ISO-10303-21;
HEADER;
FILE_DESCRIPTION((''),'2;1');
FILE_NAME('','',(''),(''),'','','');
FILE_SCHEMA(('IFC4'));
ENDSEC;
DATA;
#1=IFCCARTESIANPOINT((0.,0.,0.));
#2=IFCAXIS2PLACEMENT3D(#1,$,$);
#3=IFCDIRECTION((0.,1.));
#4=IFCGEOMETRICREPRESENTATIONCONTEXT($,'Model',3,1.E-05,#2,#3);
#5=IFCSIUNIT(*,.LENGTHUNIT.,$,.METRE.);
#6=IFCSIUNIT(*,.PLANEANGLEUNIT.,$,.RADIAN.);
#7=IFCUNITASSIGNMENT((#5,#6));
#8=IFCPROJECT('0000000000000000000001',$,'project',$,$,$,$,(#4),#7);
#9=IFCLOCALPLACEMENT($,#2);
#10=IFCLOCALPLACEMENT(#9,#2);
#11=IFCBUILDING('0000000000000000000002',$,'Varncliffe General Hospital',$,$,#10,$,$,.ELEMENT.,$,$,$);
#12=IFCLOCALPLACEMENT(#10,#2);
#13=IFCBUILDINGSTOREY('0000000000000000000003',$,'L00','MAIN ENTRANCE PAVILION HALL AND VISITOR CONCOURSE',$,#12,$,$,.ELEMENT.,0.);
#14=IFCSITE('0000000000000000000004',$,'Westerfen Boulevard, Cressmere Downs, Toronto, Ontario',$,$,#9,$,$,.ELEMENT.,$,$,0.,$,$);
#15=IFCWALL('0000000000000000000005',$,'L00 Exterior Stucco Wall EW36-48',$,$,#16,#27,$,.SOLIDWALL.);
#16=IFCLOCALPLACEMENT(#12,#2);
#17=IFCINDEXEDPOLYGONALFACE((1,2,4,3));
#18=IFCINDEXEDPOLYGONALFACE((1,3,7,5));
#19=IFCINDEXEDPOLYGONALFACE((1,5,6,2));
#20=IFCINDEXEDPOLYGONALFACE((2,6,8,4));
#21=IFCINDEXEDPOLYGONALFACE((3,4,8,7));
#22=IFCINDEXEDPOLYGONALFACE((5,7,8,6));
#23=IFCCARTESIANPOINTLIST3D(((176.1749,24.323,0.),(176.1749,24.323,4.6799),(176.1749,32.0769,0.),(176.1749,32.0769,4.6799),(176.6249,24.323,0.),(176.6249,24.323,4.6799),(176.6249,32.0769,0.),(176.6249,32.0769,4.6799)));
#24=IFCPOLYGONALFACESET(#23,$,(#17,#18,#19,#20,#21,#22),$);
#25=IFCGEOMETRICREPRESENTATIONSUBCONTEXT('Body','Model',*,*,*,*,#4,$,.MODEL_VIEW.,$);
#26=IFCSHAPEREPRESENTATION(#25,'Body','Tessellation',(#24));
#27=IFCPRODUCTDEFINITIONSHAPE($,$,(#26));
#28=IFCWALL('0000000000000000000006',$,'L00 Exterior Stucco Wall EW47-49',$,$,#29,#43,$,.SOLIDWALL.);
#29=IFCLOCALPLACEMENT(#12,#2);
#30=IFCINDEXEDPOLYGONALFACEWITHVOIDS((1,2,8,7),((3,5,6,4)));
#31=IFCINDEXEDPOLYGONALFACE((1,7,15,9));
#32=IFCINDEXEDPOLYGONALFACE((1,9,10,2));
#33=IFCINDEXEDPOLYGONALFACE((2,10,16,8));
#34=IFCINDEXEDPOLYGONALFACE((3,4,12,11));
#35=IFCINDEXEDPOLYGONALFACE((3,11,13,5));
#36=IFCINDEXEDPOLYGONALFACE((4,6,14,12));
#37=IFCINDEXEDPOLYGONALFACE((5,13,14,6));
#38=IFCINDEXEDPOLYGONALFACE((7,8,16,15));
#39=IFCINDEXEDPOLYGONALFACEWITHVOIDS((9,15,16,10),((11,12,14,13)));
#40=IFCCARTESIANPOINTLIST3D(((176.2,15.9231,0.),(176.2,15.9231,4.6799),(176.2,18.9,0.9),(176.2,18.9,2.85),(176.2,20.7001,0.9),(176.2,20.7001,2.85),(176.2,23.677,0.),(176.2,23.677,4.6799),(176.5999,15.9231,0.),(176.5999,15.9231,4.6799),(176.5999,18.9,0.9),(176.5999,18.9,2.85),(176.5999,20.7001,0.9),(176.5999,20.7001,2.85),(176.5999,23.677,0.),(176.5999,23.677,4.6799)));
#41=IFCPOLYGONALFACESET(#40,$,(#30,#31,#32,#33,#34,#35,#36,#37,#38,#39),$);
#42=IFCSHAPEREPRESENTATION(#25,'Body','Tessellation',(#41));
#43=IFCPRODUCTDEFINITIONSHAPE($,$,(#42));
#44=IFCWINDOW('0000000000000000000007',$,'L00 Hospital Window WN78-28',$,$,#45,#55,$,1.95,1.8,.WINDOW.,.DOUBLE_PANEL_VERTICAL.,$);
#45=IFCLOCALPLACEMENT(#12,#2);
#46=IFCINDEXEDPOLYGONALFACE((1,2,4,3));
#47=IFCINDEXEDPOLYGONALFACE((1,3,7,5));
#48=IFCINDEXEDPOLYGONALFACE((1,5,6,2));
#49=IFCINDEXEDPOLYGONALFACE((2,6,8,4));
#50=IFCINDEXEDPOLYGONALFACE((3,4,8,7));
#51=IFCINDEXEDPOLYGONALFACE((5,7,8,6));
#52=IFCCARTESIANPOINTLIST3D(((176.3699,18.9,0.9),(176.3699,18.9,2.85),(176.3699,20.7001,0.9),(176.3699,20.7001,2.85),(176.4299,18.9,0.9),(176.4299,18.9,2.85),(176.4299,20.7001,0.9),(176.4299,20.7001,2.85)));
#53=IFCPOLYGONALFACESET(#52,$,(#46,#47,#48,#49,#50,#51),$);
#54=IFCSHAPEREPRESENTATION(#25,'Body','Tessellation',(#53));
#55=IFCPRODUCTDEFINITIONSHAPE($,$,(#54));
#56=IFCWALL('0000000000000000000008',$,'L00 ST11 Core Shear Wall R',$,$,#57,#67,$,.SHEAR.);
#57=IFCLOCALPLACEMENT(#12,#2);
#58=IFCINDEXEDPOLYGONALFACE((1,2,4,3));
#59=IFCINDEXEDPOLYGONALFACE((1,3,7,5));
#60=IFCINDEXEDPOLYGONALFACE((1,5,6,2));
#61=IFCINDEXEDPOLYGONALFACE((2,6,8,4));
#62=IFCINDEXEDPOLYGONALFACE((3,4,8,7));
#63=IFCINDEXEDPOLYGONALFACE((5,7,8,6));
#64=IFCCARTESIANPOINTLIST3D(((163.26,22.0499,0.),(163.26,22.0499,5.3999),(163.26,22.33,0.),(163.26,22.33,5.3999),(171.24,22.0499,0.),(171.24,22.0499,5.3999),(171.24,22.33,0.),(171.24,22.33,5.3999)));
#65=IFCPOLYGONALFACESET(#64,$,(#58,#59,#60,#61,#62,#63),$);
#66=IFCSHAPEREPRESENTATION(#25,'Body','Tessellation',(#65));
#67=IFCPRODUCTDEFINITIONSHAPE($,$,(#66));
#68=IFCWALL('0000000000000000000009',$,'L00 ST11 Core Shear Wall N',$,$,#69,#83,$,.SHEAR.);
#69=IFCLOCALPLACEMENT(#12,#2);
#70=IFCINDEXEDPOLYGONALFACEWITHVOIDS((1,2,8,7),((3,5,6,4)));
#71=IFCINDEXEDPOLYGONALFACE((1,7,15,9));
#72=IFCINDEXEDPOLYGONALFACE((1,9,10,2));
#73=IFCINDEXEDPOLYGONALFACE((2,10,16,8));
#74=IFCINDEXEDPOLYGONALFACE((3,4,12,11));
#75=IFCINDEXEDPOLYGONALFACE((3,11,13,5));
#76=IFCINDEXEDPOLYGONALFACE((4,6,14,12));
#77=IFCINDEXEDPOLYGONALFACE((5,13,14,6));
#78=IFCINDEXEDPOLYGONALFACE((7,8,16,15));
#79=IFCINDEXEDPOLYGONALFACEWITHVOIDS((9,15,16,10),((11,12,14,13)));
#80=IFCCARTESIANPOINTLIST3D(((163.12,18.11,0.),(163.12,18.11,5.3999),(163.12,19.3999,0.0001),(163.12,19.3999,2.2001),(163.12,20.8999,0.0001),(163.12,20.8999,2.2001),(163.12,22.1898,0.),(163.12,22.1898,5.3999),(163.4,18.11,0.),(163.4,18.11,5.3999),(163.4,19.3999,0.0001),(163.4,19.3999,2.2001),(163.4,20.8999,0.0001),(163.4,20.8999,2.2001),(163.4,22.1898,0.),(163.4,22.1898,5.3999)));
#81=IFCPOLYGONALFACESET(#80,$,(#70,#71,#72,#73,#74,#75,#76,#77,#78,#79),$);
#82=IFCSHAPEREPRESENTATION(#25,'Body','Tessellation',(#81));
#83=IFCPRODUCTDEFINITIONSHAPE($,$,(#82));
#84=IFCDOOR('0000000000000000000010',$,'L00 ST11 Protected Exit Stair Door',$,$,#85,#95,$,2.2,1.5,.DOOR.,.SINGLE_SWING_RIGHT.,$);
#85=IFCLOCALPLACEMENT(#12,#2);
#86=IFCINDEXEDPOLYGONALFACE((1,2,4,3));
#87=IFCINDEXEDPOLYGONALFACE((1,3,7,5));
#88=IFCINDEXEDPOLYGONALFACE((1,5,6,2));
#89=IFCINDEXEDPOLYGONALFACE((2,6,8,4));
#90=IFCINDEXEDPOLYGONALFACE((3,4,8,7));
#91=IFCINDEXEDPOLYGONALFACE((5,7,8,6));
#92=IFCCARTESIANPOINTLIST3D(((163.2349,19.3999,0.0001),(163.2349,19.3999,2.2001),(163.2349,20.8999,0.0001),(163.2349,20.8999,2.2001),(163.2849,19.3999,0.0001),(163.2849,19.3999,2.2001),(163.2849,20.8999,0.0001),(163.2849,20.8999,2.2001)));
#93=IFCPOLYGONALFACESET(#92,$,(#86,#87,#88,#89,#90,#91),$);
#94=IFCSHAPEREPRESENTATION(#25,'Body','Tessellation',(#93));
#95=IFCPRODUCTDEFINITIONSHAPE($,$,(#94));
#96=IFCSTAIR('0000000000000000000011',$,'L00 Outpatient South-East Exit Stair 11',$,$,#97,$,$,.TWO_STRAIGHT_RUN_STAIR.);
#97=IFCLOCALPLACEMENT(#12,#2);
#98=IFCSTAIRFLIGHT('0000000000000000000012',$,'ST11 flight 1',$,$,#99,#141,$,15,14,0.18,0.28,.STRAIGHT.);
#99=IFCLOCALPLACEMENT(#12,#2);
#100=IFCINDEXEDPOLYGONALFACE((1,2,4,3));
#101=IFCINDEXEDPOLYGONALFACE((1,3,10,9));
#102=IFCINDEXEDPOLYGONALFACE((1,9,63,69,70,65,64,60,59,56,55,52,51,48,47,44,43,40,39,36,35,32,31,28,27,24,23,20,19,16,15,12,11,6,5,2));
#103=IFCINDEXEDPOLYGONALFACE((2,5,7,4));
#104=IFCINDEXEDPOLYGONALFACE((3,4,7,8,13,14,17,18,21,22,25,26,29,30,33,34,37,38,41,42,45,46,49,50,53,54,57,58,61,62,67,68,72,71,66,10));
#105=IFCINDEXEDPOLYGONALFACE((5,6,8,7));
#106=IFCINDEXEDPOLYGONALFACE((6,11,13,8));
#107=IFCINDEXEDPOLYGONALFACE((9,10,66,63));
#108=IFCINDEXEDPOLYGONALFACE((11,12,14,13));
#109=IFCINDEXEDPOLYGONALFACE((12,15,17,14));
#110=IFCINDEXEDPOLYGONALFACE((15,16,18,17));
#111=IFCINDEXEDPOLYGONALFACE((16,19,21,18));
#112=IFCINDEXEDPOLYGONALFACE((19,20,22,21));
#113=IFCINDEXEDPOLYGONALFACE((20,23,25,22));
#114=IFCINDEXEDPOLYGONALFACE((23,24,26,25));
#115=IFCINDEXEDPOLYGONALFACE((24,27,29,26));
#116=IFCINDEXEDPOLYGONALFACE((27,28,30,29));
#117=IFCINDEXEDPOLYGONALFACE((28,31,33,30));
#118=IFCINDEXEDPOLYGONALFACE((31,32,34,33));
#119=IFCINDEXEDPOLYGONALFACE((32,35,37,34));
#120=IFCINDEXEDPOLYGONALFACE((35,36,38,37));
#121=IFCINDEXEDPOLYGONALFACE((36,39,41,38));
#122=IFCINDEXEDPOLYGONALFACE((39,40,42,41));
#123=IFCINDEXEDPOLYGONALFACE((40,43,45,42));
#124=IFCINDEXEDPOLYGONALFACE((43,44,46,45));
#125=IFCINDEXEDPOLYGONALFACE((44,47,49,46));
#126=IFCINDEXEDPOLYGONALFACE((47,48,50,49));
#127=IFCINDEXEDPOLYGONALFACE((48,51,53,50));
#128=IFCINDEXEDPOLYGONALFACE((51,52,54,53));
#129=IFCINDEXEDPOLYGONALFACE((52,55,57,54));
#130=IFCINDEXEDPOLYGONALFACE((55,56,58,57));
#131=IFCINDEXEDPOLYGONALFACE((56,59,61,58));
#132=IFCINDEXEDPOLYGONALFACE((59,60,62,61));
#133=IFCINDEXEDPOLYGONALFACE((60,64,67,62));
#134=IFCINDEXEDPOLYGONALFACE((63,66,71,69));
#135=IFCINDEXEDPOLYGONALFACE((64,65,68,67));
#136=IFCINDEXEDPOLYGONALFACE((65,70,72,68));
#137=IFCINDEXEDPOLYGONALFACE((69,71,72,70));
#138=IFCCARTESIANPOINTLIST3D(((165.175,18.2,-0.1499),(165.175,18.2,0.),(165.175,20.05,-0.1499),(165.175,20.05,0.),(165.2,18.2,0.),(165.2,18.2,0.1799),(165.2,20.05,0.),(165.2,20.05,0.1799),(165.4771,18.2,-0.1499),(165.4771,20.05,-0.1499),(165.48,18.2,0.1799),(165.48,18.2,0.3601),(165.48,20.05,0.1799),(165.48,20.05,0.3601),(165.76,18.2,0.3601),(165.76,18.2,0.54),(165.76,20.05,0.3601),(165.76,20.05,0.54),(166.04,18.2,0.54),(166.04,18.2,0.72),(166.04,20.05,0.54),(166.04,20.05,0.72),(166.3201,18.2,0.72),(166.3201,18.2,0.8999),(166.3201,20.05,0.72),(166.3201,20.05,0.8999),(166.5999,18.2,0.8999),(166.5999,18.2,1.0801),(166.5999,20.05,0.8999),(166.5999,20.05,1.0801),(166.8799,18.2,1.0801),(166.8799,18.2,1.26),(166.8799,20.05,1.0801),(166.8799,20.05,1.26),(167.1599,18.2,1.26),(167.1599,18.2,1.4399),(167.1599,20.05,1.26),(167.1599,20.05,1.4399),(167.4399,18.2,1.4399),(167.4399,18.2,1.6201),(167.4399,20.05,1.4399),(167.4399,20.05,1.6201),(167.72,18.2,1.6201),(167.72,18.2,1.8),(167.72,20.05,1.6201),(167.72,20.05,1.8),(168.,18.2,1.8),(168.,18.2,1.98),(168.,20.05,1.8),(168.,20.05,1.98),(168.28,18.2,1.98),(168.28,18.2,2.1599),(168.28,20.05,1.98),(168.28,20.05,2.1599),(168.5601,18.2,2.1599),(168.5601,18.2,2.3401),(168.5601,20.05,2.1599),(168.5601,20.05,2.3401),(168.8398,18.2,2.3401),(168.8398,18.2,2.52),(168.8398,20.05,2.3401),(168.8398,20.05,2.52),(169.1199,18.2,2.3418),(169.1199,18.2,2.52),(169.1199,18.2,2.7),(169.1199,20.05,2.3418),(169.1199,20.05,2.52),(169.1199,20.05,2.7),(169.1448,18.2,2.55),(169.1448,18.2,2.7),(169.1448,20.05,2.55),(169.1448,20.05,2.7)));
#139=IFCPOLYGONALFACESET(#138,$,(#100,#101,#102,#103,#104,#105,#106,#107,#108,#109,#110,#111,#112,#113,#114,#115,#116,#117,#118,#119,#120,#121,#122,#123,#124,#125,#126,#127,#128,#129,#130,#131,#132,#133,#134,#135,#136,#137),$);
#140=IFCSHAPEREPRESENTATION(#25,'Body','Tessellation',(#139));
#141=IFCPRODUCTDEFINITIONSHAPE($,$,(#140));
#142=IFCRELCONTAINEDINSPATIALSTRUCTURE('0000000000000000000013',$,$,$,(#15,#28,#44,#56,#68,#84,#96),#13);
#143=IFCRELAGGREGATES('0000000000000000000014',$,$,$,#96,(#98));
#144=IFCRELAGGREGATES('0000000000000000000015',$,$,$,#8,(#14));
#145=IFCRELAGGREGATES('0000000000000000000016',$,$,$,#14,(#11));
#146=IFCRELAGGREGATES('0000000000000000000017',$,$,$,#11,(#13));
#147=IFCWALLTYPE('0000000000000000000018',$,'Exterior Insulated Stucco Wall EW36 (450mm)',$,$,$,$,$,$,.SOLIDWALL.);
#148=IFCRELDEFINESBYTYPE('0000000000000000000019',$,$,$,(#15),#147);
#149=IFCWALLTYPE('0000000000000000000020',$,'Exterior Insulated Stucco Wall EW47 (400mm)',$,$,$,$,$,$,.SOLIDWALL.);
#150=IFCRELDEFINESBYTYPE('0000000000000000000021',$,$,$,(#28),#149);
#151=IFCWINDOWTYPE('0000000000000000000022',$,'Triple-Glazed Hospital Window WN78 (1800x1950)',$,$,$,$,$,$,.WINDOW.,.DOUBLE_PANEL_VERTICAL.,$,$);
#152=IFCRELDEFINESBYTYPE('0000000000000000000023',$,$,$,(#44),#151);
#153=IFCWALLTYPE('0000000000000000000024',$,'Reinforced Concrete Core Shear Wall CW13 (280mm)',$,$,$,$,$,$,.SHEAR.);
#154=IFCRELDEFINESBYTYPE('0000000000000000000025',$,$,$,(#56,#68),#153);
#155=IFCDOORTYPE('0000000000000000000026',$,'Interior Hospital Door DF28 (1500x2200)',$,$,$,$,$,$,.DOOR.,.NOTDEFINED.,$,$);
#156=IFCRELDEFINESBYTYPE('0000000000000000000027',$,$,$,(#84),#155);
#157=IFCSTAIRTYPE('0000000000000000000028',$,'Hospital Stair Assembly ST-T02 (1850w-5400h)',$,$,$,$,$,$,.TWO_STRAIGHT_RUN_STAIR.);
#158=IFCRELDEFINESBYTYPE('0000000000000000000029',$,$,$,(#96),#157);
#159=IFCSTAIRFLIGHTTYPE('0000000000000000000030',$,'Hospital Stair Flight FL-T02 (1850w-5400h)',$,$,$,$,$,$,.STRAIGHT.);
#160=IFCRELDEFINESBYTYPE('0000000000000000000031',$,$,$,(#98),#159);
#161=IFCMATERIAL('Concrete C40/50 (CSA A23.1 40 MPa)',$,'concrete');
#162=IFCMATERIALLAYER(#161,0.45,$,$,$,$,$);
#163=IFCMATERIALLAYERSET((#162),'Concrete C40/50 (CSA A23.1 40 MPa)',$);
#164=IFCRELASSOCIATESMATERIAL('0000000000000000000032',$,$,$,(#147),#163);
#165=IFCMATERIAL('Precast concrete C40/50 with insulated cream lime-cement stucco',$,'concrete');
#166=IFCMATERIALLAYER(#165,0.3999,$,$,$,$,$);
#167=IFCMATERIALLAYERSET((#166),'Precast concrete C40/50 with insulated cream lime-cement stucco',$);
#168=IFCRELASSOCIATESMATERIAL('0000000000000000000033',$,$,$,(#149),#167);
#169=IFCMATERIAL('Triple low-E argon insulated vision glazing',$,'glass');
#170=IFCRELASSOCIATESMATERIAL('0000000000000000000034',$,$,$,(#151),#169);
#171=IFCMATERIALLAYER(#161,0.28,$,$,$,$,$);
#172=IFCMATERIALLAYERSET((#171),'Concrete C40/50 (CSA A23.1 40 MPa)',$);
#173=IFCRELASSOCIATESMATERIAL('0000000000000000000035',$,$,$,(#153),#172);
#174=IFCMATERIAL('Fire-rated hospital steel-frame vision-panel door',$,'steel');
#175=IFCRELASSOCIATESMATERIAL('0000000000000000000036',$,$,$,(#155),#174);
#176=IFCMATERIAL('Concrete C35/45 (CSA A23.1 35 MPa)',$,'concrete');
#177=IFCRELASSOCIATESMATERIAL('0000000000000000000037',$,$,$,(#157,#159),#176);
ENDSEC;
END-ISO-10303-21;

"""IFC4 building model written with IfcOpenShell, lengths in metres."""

from ifc_helpers import new_model, si_unit, direction, frame, frame_2d, origin, place, context, subcontext, project, spatial, polyline, rectangle, outline, extrude, material, layer, layer_set, type_object, element, fill, aggregate, save


model = new_model("IFC4")

# Units and contexts
model_context = context("Model", 3, precision=1e-05, world=origin(), true_north=direction((0.0, 1.0)))
body_context = subcontext(model_context, "Body", "Model", "MODEL_VIEW")
ifc_project = project(units=[si_unit("LENGTHUNIT", "METRE"), si_unit("PLANEANGLEUNIT", "RADIAN")], contexts=[model_context])

# Site, building, storey
site_placement = place(None, origin())
site = spatial("IfcSite", under=ifc_project, at=site_placement, Name="Westerfen Boulevard, Cressmere Downs, Toronto, Ontario", CompositionType="ELEMENT", RefElevation=0.0)
building_placement = place(site_placement, origin())
building = spatial("IfcBuilding", under=site, at=building_placement, Name="Varncliffe General Hospital", CompositionType="ELEMENT")
storey_placement = place(building_placement, origin())
storey = spatial("IfcBuildingStorey", under=building, at=storey_placement, Name="L00", Description="MAIN ENTRANCE PAVILION HALL AND VISITOR CONCOURSE", CompositionType="ELEMENT", Elevation=0.0)

# Shared definitions
ifc_material_1 = material(Name="Concrete C40/50 (CSA A23.1 40 MPa)", Category="concrete")

# Shared definitions
ifc_material_2 = material(Name="Concrete C35/45 (CSA A23.1 35 MPa)", Category="concrete")

# Shared definitions
ifc_material_3 = material(Name="Precast concrete C40/50 with insulated cream lime-cement stucco", Category="concrete")

# Wall
ifc_layer_1 = layer(ifc_material_1, 0.45)
ifc_layer_set_1 = layer_set([ifc_layer_1], Name="Concrete C40/50 (CSA A23.1 40 MPa)")
wall_type_1 = type_object("IfcWallType", Name="Exterior Insulated Stucco Wall EW36 (450mm)", PredefinedType="SOLIDWALL", material=ifc_layer_set_1)
wall_1_placement = place(storey_placement, frame((176.3999, 32.0769, 0.0), z_axis=(0.0, 0.0, 1.0), x_axis=(0.0, -1.0, 0.0)))
element("IfcWall", 1, at=wall_1_placement, inside=storey, type_object=wall_type_1, Name="L00 Exterior Stucco Wall EW36-48", PredefinedType="SOLIDWALL", context=body_context, shape_type="SweptSolid", body=[
    extrude(rectangle(XDim=7.7539, YDim=0.45, at=frame_2d((3.877, 0.0))), origin(), (0.0, 0.0, 1.0), 4.6799),
])

# Wall, opening, window
ifc_layer_2 = layer(ifc_material_3, 0.3999)
ifc_layer_set_2 = layer_set([ifc_layer_2], Name="Precast concrete C40/50 with insulated cream lime-cement stucco")
wall_type_2 = type_object("IfcWallType", Name="Exterior Insulated Stucco Wall EW47 (400mm)", PredefinedType="SOLIDWALL", material=ifc_layer_set_2)
wall_2_placement = place(storey_placement, frame((176.3999, 23.677, 0.0), z_axis=(0.0, 0.0, 1.0), x_axis=(0.0, -1.0, 0.0)))
wall_2 = element("IfcWall", 2, at=wall_2_placement, inside=storey, type_object=wall_type_2, Name="L00 Exterior Stucco Wall EW47-49", PredefinedType="SOLIDWALL", context=body_context, shape_type="SweptSolid", body=[
    extrude(rectangle(XDim=7.7539, YDim=0.3999, at=frame_2d((3.877, 0.0))), origin(), (0.0, 0.0, 1.0), 4.6799),
])
opening_1_placement = place(wall_2_placement, frame((2.9771, 0.0, 0.8999)))
opening_1 = element("IfcOpeningElement", 3, at=opening_1_placement, cuts=wall_2, PredefinedType="OPENING", context=body_context, shape_type="SweptSolid", body=[
    extrude(rectangle(XDim=1.8, YDim=1.95, at=frame_2d((0.8999, 0.9751))), frame((0.0, 0.21, 0.0), z_axis=(0.0, -1.0, 0.0), x_axis=(1.0, 0.0, 0.0)), (0.0, 0.0, 1.0), 0.4199),
])
ifc_material_4 = material(Name="Triple low-E argon insulated vision glazing", Category="glass")
window_type = type_object("IfcWindowType", Name="Triple-Glazed Hospital Window WN78 (1800x1950)", PartitioningType="DOUBLE_PANEL_VERTICAL", PredefinedType="WINDOW", material=ifc_material_4)
window_placement = place(opening_1_placement, origin())
window = element("IfcWindow", 4, at=window_placement, inside=storey, type_object=window_type, Name="L00 Hospital Window WN78-28", OverallHeight=1.95, OverallWidth=1.8, PartitioningType="DOUBLE_PANEL_VERTICAL", PredefinedType="WINDOW", context=body_context, shape_type="SweptSolid", body=[
    extrude(rectangle(XDim=1.8, YDim=1.95, at=frame_2d((0.8999, 0.9751))), frame((0.0, 0.03, 0.0), z_axis=(0.0, -1.0, 0.0), x_axis=(1.0, 0.0, 0.0)), (0.0, 0.0, 1.0), 0.0601),
])
fill(opening_1, window)

# Wall
ifc_layer_3 = layer(ifc_material_1, 0.28)
ifc_layer_set_3 = layer_set([ifc_layer_3], Name="Concrete C40/50 (CSA A23.1 40 MPa)")
wall_type_3 = type_object("IfcWallType", Name="Reinforced Concrete Core Shear Wall CW13 (280mm)", PredefinedType="SHEAR", material=ifc_layer_set_3)
wall_3_placement = place(storey_placement, frame((171.24, 22.1899, 0.0), z_axis=(0.0, 0.0, 1.0), x_axis=(-1.0, 0.0, 0.0)))
element("IfcWall", 5, at=wall_3_placement, inside=storey, type_object=wall_type_3, Name="L00 ST11 Core Shear Wall R", PredefinedType="SHEAR", context=body_context, shape_type="SweptSolid", body=[
    extrude(rectangle(XDim=7.98, YDim=0.28, at=frame_2d((3.99, 0.0))), origin(), (0.0, 0.0, 1.0), 5.3999),
])

# Wall, opening, door
wall_4_placement = place(storey_placement, frame((163.26, 22.1899, 0.0), z_axis=(0.0, 0.0, 1.0), x_axis=(0.0, -1.0, 0.0)))
wall_4 = element("IfcWall", 6, at=wall_4_placement, inside=storey, type_object=wall_type_3, Name="L00 ST11 Core Shear Wall N", PredefinedType="SHEAR", context=body_context, shape_type="SweptSolid", body=[
    extrude(rectangle(XDim=4.0798, YDim=0.28, at=frame_2d((2.04, 0.0))), origin(), (0.0, 0.0, 1.0), 5.3999),
])
opening_2_placement = place(wall_4_placement, frame((1.29, 0.0, 0.0)))
opening_2 = element("IfcOpeningElement", 7, at=opening_2_placement, cuts=wall_4, PredefinedType="OPENING", context=body_context, shape_type="SweptSolid", body=[
    extrude(rectangle(XDim=1.5, YDim=2.2, at=frame_2d((0.75, 1.1001))), frame((0.0, 0.1499, 0.0), z_axis=(0.0, -1.0, 0.0), x_axis=(1.0, 0.0, 0.0)), (0.0, 0.0, 1.0), 0.3),
])
ifc_material_5 = material(Name="Fire-rated hospital steel-frame vision-panel door", Category="steel")
door_type_1 = type_object("IfcDoorType", Name="Interior Hospital Door DF28 (1500x2200)", OperationType="NOTDEFINED", PredefinedType="DOOR", material=ifc_material_5)
door_1_placement = place(opening_2_placement, origin())
door_1 = element("IfcDoor", 8, at=door_1_placement, inside=storey, type_object=door_type_1, Name="L00 ST11 Protected Exit Stair Door", OperationType="SINGLE_SWING_RIGHT", OverallHeight=2.2, OverallWidth=1.5, PredefinedType="DOOR", context=body_context, shape_type="SweptSolid", body=[
    extrude(rectangle(XDim=1.5, YDim=2.2, at=frame_2d((0.75, 1.1001))), frame((0.0, 0.0249, 0.0), z_axis=(0.0, -1.0, 0.0), x_axis=(1.0, 0.0, 0.0)), (0.0, 0.0, 1.0), 0.05),
])
fill(opening_2, door_1)

# Stair, stair flight
stair_type = type_object("IfcStairType", Name="Hospital Stair Assembly ST-T02 (1850w-5400h)", PredefinedType="TWO_STRAIGHT_RUN_STAIR", material=ifc_material_2)
stair_placement = place(storey_placement, origin())
stair = element("IfcStair", 9, at=stair_placement, inside=storey, type_object=stair_type, Name="L00 Outpatient South-East Exit Stair 11", PredefinedType="TWO_STRAIGHT_RUN_STAIR")
stair_flight_type = type_object("IfcStairFlightType", Name="Hospital Stair Flight FL-T02 (1850w-5400h)", PredefinedType="STRAIGHT", material=ifc_material_2)
stair_flight_1_placement = place(storey_placement, frame((165.2, 19.125, 0.0), z_axis=(0.0, 0.0, 1.0), x_axis=(1.0, 0.0, 0.0)))
stair_flight_1 = element("IfcStairFlight", 10, at=stair_flight_1_placement, type_object=stair_flight_type, Name="ST11 flight 1", NumberOfRisers=15, NumberOfTreads=14, PredefinedType="STRAIGHT", RiserHeight=0.18, TreadLength=0.28, context=body_context, shape_type="SweptSolid", body=[
    extrude(outline(polyline([(-0.0249, -0.1499), (-0.0249, 0.0), (0.0, 0.0), (0.0, 0.1799), (0.28, 0.1799), (0.28, 0.3601), (0.5601, 0.3601), (0.5601, 0.54), (0.8401, 0.54), (0.8401, 0.72), (1.1201, 0.72), (1.1201, 0.8999), (1.3999, 0.8999), (1.3999, 1.0801), (1.6799, 1.0801), (1.6799, 1.26), (1.96, 1.26), (1.96, 1.4399), (2.24, 1.4399), (2.24, 1.6201), (2.52, 1.6201), (2.52, 1.8), (2.8, 1.8), (2.8, 1.98), (3.0801, 1.98), (3.0801, 2.1599), (3.3601, 2.1599), (3.3601, 2.3401), (3.6399, 2.3401), (3.6399, 2.52), (3.9199, 2.52), (3.9199, 2.7), (3.9448, 2.7), (3.9448, 2.55), (3.9199, 2.3418), (0.2771, -0.1499), (-0.0249, -0.1499)])), frame((0.0, 0.925, 0.0), z_axis=(0.0, -1.0, 0.0), x_axis=(1.0, 0.0, 0.0)), (0.0, 0.0, 1.0), 1.8501),
])
aggregate(stair, [stair_flight_1])

save(model, "model.ifc")
